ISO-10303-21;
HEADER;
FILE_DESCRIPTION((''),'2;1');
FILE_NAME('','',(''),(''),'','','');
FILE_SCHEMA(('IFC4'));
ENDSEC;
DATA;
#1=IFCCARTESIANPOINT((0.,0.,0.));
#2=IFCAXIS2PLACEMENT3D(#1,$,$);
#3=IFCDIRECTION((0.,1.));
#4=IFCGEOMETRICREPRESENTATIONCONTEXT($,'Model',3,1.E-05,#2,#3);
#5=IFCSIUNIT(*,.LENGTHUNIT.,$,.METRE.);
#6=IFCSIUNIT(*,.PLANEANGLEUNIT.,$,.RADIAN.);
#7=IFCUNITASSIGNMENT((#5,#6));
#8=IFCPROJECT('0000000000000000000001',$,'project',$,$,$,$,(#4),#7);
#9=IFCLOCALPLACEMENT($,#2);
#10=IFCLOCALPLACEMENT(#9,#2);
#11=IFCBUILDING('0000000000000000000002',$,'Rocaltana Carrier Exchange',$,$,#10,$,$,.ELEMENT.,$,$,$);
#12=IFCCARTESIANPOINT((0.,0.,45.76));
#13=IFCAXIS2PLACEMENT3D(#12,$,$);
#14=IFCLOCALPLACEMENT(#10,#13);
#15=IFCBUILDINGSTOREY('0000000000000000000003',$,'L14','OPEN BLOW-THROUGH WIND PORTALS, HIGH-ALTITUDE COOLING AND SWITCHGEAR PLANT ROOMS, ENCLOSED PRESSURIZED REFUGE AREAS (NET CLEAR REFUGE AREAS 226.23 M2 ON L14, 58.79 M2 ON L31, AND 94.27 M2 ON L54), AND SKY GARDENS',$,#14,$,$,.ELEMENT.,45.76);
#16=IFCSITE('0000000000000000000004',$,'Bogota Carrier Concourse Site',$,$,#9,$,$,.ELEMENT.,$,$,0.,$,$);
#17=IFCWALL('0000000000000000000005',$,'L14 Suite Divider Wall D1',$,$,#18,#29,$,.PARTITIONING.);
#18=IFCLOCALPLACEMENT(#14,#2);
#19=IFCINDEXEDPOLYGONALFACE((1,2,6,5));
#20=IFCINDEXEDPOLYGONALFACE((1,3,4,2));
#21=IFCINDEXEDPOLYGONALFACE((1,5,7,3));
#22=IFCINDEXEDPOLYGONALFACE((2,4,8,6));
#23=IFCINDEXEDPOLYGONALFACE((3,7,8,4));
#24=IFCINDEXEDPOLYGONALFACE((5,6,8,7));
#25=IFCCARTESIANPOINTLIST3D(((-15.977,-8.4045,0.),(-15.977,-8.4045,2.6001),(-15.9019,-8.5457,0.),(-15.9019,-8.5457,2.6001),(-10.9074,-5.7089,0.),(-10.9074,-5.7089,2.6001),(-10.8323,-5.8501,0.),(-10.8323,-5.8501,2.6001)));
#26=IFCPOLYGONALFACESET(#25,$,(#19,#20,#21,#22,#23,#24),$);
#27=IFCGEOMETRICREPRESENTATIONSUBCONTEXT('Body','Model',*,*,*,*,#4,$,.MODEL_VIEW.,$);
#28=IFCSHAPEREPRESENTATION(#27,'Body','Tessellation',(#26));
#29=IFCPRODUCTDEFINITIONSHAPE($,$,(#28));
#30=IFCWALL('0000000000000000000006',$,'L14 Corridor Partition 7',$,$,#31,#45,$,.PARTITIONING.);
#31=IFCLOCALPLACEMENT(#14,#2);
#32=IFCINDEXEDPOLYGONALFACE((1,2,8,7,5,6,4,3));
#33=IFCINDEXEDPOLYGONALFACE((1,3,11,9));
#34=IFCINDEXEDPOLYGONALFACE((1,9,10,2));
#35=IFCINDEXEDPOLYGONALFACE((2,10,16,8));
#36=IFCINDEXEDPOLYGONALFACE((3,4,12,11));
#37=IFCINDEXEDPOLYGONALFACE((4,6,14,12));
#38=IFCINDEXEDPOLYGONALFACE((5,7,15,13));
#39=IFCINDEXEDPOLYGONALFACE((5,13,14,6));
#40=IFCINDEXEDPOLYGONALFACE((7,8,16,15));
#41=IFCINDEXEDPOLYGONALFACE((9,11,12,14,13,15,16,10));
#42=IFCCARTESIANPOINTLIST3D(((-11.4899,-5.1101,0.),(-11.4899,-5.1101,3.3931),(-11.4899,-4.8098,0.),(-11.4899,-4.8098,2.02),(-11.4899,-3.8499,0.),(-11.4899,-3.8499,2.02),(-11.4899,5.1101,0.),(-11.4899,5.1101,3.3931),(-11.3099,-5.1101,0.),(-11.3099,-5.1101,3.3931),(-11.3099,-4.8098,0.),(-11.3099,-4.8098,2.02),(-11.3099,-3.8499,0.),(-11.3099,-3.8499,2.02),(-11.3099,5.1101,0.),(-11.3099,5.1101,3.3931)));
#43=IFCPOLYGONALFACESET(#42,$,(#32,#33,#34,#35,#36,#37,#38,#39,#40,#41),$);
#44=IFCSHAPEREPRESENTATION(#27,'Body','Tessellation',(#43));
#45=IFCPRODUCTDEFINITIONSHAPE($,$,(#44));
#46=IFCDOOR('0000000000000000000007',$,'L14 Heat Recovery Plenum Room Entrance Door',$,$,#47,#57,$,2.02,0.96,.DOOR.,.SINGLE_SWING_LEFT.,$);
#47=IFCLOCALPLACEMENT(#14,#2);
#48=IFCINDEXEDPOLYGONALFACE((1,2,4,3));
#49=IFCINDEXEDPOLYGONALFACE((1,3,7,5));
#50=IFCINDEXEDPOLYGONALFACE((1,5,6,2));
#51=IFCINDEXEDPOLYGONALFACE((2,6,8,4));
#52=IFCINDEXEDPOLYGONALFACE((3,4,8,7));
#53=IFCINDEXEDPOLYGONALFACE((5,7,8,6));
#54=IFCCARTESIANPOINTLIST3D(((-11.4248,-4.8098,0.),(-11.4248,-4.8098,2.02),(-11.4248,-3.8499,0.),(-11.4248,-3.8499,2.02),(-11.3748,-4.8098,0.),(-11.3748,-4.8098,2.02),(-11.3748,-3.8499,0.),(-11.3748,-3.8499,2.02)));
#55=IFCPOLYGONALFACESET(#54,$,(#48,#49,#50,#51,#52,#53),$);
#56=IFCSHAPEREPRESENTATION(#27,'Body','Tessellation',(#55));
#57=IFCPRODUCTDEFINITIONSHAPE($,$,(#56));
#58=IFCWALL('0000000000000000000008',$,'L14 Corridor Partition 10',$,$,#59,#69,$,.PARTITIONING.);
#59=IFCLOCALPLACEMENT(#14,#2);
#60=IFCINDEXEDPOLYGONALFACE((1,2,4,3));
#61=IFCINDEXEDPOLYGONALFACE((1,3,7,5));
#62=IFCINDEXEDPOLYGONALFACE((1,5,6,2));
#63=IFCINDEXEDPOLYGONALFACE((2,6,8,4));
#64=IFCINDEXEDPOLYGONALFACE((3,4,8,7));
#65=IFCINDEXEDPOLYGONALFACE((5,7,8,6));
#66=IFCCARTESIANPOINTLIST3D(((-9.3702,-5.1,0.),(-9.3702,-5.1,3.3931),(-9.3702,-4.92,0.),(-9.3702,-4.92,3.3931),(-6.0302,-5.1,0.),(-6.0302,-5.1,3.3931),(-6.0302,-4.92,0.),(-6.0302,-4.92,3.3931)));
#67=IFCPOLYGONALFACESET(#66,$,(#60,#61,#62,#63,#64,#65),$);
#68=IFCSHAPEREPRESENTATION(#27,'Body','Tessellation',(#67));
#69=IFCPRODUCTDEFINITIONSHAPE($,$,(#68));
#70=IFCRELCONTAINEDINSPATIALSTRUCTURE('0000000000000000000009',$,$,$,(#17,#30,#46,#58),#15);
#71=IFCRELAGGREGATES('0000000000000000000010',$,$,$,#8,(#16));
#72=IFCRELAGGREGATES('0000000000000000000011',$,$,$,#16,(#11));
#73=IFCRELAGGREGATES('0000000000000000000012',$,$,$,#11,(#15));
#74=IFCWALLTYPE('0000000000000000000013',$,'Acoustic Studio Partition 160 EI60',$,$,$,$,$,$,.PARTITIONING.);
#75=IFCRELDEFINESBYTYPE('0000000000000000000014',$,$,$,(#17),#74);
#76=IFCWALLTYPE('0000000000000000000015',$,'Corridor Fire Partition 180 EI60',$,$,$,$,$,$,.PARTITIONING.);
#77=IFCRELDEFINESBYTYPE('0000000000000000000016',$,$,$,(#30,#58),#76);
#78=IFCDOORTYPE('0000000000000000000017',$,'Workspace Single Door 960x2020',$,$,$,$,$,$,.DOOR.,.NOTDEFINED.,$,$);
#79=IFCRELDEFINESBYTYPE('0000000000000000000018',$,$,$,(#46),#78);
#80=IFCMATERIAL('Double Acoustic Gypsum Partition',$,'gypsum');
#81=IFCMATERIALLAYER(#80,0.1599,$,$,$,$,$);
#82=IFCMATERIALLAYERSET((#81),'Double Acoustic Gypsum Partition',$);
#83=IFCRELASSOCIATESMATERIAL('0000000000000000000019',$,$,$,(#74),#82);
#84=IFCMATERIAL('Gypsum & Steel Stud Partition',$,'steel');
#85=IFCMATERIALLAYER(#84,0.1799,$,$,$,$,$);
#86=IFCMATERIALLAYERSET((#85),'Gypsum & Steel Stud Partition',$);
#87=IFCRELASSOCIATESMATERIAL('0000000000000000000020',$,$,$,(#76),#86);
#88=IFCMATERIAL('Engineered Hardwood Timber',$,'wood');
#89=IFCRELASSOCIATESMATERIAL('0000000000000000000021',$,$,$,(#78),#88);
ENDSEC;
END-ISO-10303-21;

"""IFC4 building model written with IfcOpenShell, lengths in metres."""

from ifc_helpers import new_model, si_unit, direction, frame, frame_2d, origin, place, context, subcontext, project, spatial, rectangle, extrude, material, layer, layer_set, type_object, element, fill, save


model = new_model("IFC4")

# Units and contexts
model_context = context("Model", 3, precision=1e-05, world=origin(), true_north=direction((0.0, 1.0)))
body_context = subcontext(model_context, "Body", "Model", "MODEL_VIEW")
ifc_project = project(units=[si_unit("LENGTHUNIT", "METRE"), si_unit("PLANEANGLEUNIT", "RADIAN")], contexts=[model_context])

# Site, building, storey
site_placement = place(None, origin())
site = spatial("IfcSite", under=ifc_project, at=site_placement, Name="Bogota Carrier Concourse Site", CompositionType="ELEMENT", RefElevation=0.0)
building_placement = place(site_placement, origin())
building = spatial("IfcBuilding", under=site, at=building_placement, Name="Rocaltana Carrier Exchange", CompositionType="ELEMENT")
storey_placement = place(building_placement, frame((0.0, 0.0, 45.76)))
storey = spatial("IfcBuildingStorey", under=building, at=storey_placement, Name="L14", Description="OPEN BLOW-THROUGH WIND PORTALS, HIGH-ALTITUDE COOLING AND SWITCHGEAR PLANT ROOMS, ENCLOSED PRESSURIZED REFUGE AREAS (NET CLEAR REFUGE AREAS 226.23 M2 ON L14, 58.79 M2 ON L31, AND 94.27 M2 ON L54), AND SKY GARDENS", CompositionType="ELEMENT", Elevation=45.76)

# Wall
ifc_material_1 = material(Name="Double Acoustic Gypsum Partition", Category="gypsum")
ifc_layer_1 = layer(ifc_material_1, 0.1599)
ifc_layer_set_1 = layer_set([ifc_layer_1], Name="Double Acoustic Gypsum Partition")
wall_type_1 = type_object("IfcWallType", Name="Acoustic Studio Partition 160 EI60", PredefinedType="PARTITIONING", material=ifc_layer_set_1)
wall_1_placement = place(storey_placement, frame((-10.8699, -5.7795, 0.0), z_axis=(0.0, 0.0, 1.0), x_axis=(-0.882947, -0.469473, 0.0)))
element("IfcWall", 1, at=wall_1_placement, inside=storey, type_object=wall_type_1, Name="L14 Suite Divider Wall D1", PredefinedType="PARTITIONING", context=body_context, shape_type="SweptSolid", body=[
    extrude(rectangle(XDim=5.7417, YDim=0.1599, at=frame_2d((2.8708, 0.0))), origin(), (0.0, 0.0, 1.0), 2.6001),
])

# Wall, opening, door
ifc_material_2 = material(Name="Gypsum & Steel Stud Partition", Category="steel")
ifc_layer_2 = layer(ifc_material_2, 0.1799)
ifc_layer_set_2 = layer_set([ifc_layer_2], Name="Gypsum & Steel Stud Partition")
wall_type_2 = type_object("IfcWallType", Name="Corridor Fire Partition 180 EI60", PredefinedType="PARTITIONING", material=ifc_layer_set_2)
wall_2_placement = place(storey_placement, frame((-11.3999, -5.1101, 0.0), z_axis=(0.0, 0.0, 1.0), x_axis=(0.0, 1.0, 0.0)))
wall_2 = element("IfcWall", 2, at=wall_2_placement, inside=storey, type_object=wall_type_2, Name="L14 Corridor Partition 7", PredefinedType="PARTITIONING", context=body_context, shape_type="SweptSolid", body=[
    extrude(rectangle(XDim=10.2202, YDim=0.1799, at=frame_2d((5.1101, 0.0))), origin(), (0.0, 0.0, 1.0), 3.3931),
])
opening_placement = place(wall_2_placement, frame((0.3003, 0.0, 0.0)))
opening = element("IfcOpeningElement", 3, at=opening_placement, cuts=wall_2, PredefinedType="OPENING", context=body_context, shape_type="SweptSolid", body=[
    extrude(rectangle(XDim=0.96, YDim=2.02, at=frame_2d((0.48, 1.01))), frame((0.0, 0.0999, 0.0), z_axis=(0.0, -1.0, 0.0), x_axis=(1.0, 0.0, 0.0)), (0.0, 0.0, 1.0), 0.2),
])
ifc_material_3 = material(Name="Engineered Hardwood Timber", Category="wood")
door_type = type_object("IfcDoorType", Name="Workspace Single Door 960x2020", OperationType="NOTDEFINED", PredefinedType="DOOR", material=ifc_material_3)
door_placement = place(opening_placement, origin())
door = element("IfcDoor", 4, at=door_placement, inside=storey, type_object=door_type, Name="L14 Heat Recovery Plenum Room Entrance Door", OperationType="SINGLE_SWING_LEFT", OverallHeight=2.02, OverallWidth=0.96, PredefinedType="DOOR", context=body_context, shape_type="SweptSolid", body=[
    extrude(rectangle(XDim=0.96, YDim=2.02, at=frame_2d((0.48, 1.01))), frame((0.0, 0.0249, 0.0), z_axis=(0.0, -1.0, 0.0), x_axis=(1.0, 0.0, 0.0)), (0.0, 0.0, 1.0), 0.05),
])
fill(opening, door)

# Wall
wall_3_placement = place(storey_placement, frame((-9.3701, -5.01, 0.0), z_axis=(0.0, 0.0, 1.0), x_axis=(1.0, 0.0, 0.0)))
element("IfcWall", 5, at=wall_3_placement, inside=storey, type_object=wall_type_2, Name="L14 Corridor Partition 10", PredefinedType="PARTITIONING", context=body_context, shape_type="SweptSolid", body=[
    extrude(rectangle(XDim=3.3401, YDim=0.1799, at=frame_2d((1.6699, 0.0))), origin(), (0.0, 0.0, 1.0), 3.3931),
])

save(model, "model.ifc")
